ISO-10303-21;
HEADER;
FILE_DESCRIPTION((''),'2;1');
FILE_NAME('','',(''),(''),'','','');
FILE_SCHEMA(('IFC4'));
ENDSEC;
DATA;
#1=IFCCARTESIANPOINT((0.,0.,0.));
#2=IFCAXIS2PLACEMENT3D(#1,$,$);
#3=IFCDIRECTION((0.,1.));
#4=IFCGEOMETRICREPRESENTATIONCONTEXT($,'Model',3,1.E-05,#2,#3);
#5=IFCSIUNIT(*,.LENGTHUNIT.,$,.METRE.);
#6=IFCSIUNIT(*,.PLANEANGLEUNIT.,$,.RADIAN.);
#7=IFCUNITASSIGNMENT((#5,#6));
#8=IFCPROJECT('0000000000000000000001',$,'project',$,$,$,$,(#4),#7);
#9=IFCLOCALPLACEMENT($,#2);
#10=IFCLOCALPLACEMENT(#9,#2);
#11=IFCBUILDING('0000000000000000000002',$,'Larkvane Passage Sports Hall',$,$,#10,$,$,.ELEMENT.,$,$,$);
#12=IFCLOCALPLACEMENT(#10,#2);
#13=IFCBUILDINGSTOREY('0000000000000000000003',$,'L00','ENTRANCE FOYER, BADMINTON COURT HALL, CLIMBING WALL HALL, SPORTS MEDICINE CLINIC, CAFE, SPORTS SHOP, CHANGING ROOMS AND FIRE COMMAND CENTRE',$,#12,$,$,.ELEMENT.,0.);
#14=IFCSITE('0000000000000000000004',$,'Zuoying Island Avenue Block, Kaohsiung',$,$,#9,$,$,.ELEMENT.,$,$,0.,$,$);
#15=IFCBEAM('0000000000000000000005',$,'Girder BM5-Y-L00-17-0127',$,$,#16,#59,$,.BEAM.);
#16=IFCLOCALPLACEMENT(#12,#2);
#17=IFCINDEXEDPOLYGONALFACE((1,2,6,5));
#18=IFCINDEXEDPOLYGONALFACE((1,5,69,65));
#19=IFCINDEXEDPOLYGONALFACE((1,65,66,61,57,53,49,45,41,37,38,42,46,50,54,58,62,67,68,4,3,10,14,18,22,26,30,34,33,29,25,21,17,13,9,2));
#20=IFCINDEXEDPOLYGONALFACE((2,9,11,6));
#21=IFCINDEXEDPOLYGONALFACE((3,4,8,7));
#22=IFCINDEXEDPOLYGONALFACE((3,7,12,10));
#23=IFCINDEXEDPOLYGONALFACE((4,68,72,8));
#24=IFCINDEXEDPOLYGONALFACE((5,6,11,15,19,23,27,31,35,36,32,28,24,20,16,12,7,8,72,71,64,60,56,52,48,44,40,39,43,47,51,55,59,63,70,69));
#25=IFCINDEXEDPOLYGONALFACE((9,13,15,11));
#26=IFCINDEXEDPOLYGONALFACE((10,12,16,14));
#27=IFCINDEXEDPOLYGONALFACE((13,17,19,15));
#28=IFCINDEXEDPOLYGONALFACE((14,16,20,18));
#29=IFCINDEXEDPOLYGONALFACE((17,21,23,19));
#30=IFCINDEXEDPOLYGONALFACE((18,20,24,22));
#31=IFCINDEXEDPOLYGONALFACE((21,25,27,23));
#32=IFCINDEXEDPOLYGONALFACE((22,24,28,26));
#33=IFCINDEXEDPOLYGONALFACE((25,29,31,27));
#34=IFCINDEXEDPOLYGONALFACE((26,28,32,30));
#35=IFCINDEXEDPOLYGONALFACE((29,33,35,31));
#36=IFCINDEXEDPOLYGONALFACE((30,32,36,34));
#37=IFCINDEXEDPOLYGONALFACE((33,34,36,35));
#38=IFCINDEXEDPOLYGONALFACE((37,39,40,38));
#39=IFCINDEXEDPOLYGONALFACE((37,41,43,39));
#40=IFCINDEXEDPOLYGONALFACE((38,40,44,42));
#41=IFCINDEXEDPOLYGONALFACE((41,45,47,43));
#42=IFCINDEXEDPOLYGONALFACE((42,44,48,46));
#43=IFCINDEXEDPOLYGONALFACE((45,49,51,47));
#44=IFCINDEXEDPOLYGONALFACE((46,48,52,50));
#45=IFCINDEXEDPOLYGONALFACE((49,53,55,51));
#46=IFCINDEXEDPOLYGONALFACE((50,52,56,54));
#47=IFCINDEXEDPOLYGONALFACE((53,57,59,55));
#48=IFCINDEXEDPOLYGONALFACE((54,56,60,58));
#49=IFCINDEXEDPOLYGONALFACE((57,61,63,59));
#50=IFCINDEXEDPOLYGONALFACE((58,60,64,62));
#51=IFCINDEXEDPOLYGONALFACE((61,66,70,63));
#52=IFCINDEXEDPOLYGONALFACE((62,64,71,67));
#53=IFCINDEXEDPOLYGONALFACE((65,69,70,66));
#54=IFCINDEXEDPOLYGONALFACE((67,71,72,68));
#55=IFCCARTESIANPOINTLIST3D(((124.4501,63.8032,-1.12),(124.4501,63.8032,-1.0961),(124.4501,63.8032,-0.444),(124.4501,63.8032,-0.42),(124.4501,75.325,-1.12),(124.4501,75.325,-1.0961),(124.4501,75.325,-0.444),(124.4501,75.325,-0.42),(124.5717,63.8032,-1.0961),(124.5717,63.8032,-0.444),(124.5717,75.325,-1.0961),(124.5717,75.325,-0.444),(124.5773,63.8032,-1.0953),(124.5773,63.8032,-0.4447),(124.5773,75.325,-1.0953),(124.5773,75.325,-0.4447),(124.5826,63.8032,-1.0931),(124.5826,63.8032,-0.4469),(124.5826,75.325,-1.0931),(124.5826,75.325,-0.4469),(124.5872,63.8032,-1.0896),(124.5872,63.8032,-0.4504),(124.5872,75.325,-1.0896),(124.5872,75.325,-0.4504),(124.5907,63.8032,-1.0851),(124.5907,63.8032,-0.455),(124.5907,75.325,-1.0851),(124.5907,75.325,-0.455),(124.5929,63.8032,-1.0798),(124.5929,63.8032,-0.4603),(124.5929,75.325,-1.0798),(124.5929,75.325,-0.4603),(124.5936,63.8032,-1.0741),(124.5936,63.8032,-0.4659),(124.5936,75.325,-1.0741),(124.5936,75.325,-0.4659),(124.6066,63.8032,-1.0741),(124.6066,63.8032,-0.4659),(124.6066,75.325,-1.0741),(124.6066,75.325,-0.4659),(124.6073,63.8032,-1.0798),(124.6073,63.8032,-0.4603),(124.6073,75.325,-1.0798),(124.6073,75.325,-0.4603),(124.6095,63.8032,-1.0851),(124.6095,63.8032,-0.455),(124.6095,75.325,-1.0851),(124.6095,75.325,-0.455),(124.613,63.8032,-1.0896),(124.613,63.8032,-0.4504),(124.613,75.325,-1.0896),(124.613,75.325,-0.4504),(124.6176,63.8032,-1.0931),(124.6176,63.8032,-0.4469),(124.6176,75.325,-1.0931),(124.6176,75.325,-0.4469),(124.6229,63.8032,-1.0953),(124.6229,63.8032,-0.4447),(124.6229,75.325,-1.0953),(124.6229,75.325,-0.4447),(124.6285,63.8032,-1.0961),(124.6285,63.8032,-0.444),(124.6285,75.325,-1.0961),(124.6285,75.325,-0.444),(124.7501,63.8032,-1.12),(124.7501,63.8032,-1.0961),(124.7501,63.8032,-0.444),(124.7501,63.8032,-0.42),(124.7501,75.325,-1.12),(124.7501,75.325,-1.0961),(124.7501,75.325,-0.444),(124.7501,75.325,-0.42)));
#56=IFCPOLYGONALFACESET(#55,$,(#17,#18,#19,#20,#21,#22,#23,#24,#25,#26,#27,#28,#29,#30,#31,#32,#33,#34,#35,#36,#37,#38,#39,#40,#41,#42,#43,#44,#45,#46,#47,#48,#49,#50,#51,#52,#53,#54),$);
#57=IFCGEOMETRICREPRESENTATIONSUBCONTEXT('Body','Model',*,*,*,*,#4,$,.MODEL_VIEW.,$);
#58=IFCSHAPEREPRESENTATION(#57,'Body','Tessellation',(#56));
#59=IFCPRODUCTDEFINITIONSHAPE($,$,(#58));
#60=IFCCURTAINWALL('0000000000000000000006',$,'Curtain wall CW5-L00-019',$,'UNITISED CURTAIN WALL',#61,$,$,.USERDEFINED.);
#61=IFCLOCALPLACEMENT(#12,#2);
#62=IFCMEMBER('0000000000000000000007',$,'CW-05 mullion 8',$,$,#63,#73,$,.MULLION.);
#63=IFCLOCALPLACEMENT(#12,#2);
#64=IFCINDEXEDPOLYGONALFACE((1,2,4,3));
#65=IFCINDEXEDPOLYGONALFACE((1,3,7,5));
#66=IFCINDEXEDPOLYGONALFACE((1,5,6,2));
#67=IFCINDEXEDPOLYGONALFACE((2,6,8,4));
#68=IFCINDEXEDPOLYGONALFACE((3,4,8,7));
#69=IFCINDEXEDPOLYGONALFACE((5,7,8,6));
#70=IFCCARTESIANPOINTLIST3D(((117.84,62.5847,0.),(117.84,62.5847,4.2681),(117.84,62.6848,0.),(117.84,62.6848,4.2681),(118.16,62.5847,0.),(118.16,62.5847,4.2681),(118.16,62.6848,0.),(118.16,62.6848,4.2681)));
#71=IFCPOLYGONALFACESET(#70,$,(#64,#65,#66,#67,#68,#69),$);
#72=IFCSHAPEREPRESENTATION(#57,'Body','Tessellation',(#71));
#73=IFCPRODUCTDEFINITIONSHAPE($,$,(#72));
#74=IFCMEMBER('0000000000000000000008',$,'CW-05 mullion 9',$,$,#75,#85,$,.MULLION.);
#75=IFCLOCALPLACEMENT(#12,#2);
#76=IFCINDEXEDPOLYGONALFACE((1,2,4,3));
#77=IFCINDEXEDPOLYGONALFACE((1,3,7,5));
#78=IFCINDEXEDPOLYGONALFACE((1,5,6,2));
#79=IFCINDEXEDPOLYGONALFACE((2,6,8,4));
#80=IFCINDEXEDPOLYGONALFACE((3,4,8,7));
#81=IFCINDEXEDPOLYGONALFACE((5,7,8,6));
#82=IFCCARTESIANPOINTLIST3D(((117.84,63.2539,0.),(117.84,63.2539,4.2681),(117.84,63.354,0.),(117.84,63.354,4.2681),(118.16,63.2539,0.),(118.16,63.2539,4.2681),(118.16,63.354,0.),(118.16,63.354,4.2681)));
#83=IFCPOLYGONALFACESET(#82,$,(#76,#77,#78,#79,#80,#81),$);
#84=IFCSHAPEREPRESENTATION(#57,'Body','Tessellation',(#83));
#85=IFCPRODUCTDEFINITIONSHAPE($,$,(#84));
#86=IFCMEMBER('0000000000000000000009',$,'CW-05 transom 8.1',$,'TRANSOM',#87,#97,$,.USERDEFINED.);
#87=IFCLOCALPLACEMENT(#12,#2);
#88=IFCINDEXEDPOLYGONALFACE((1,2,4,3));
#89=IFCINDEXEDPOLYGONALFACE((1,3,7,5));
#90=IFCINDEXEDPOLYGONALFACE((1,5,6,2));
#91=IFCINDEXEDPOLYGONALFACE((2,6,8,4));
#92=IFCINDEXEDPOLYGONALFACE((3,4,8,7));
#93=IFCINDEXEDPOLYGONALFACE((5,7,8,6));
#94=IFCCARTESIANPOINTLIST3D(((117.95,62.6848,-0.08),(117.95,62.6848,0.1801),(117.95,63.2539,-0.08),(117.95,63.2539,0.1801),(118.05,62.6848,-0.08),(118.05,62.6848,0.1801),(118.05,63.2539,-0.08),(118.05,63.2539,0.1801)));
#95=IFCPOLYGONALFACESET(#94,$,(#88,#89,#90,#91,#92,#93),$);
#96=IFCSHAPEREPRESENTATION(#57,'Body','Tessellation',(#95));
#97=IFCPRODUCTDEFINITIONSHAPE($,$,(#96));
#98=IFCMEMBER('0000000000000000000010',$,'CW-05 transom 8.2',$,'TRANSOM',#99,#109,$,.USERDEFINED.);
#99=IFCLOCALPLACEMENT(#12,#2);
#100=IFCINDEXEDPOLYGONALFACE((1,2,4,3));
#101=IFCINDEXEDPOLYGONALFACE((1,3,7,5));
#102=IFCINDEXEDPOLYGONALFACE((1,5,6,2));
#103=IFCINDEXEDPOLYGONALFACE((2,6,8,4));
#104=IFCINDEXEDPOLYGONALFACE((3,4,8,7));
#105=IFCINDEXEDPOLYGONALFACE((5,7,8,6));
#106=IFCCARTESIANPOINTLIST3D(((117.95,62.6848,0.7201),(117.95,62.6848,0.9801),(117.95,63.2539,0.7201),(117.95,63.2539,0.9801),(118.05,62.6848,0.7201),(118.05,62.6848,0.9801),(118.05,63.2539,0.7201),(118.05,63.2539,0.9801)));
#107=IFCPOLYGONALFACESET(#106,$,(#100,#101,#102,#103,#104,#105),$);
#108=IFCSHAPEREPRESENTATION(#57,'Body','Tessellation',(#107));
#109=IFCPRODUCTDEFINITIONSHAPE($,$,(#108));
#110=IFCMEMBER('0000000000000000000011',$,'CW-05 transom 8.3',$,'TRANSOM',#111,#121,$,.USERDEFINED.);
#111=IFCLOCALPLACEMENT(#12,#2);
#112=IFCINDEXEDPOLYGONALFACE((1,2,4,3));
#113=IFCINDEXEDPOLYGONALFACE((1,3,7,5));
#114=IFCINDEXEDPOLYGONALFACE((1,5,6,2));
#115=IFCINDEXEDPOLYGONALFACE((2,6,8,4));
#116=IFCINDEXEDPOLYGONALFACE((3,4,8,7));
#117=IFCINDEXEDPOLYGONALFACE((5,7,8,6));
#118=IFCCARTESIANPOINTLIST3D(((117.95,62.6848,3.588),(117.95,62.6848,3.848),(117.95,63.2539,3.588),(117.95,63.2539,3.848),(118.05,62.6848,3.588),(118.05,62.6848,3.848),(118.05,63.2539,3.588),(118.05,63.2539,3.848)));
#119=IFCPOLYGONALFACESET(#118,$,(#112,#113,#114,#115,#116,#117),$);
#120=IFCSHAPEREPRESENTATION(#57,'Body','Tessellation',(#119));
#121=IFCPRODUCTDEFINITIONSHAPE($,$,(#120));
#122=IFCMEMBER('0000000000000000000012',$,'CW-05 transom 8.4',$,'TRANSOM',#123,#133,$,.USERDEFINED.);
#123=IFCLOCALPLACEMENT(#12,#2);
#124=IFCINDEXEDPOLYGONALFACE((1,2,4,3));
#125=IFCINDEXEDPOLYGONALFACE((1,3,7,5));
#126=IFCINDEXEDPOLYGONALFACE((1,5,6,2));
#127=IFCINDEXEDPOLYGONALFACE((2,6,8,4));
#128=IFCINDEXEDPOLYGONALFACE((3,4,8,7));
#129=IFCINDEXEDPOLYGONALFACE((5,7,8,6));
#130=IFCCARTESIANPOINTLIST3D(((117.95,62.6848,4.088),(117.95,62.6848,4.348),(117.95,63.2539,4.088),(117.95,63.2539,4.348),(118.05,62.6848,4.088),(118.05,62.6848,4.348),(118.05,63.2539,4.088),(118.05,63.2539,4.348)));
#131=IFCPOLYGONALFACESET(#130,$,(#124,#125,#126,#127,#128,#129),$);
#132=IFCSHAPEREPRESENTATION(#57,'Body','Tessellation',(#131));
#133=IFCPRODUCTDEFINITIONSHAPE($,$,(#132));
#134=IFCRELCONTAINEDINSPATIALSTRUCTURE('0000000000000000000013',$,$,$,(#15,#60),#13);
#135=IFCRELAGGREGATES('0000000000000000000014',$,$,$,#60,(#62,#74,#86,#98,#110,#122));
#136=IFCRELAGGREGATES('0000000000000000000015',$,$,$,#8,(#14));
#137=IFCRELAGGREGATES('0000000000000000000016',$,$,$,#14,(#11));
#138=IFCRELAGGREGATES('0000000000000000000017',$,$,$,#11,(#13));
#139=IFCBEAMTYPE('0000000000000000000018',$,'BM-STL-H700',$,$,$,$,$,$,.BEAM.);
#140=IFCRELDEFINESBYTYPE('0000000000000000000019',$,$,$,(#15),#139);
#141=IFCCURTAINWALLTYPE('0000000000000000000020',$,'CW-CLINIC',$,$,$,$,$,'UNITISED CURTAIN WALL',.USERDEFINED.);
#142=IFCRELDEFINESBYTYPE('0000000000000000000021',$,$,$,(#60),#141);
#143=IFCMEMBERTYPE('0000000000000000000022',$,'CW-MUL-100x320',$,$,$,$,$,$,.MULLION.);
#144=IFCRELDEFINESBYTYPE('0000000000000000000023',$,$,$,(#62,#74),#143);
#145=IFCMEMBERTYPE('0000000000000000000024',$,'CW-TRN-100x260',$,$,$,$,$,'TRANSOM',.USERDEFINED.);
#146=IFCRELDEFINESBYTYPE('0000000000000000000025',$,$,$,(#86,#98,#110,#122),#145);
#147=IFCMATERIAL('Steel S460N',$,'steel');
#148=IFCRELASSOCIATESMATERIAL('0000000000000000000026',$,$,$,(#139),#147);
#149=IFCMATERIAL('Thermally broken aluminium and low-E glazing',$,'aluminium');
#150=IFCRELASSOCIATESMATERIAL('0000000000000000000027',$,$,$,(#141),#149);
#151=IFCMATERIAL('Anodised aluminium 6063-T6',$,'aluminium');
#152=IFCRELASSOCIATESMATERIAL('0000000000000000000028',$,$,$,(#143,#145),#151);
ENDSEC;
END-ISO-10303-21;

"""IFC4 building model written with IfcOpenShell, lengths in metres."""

from ifc_helpers import new_model, si_unit, direction, frame, origin, origin_2d, place, context, subcontext, project, spatial, rectangle, i_section, extrude, material, material_profile, profile_set, type_object, element, aggregate, save


model = new_model("IFC4")

# Units and contexts
model_context = context("Model", 3, precision=1e-05, world=origin(), true_north=direction((0.0, 1.0)))
body_context = subcontext(model_context, "Body", "Model", "MODEL_VIEW")
ifc_project = project(units=[si_unit("LENGTHUNIT", "METRE"), si_unit("PLANEANGLEUNIT", "RADIAN")], contexts=[model_context])

# Site, building, storey
site_placement = place(None, origin())
site = spatial("IfcSite", under=ifc_project, at=site_placement, Name="Zuoying Island Avenue Block, Kaohsiung", CompositionType="ELEMENT", RefElevation=0.0)
building_placement = place(site_placement, origin())
building = spatial("IfcBuilding", under=site, at=building_placement, Name="Larkvane Passage Sports Hall", CompositionType="ELEMENT")
storey_placement = place(building_placement, origin())
storey = spatial("IfcBuildingStorey", under=building, at=storey_placement, Name="L00", Description="ENTRANCE FOYER, BADMINTON COURT HALL, CLIMBING WALL HALL, SPORTS MEDICINE CLINIC, CAFE, SPORTS SHOP, CHANGING ROOMS AND FIRE COMMAND CENTRE", CompositionType="ELEMENT", Elevation=0.0)

# Shared definitions
ifc_material_1 = material(Name="Steel S460N", Category="steel")

# Beam
ifc_material_profile_1 = material_profile(ifc_material_1, i_section(OverallWidth=0.3, OverallDepth=0.7, WebThickness=0.0129, FlangeThickness=0.0239, FilletRadius=0.022, at=origin_2d()), Name="H-700x300x13x24")
ifc_profile_set_1 = profile_set([ifc_material_profile_1], Name="Steel S460N")
beam_type_1 = type_object("IfcBeamType", Name="BM-STL-H700", PredefinedType="BEAM", material=ifc_profile_set_1)
beam_1_placement = place(storey_placement, frame((124.6001, 63.8032, -0.77), z_axis=(0.0, 1.0, 0.0), x_axis=(-1.0, 0.0, 0.0)))
element("IfcBeam", 1, at=beam_1_placement, inside=storey, type_object=beam_type_1, Name="Girder BM5-Y-L00-17-0127", PredefinedType="BEAM", context=body_context, shape_type="SweptSolid", body=[
    extrude(i_section(OverallWidth=0.3, OverallDepth=0.7, WebThickness=0.0129, FlangeThickness=0.0239, FilletRadius=0.022, at=origin_2d()), origin(), (0.0, 0.0, 1.0), 11.5217),
])

# Curtain wall, members
ifc_material_2 = material(Name="Thermally broken aluminium and low-E glazing", Category="aluminium")
curtain_wall_type = type_object("IfcCurtainWallType", Name="CW-CLINIC", ElementType="UNITISED CURTAIN WALL", PredefinedType="USERDEFINED", material=ifc_material_2)
curtain_wall_placement = place(storey_placement, origin())
curtain_wall = element("IfcCurtainWall", 2, at=curtain_wall_placement, inside=storey, type_object=curtain_wall_type, Name="Curtain wall CW5-L00-019", ObjectType="UNITISED CURTAIN WALL", PredefinedType="USERDEFINED")
ifc_material_3 = material(Name="Anodised aluminium 6063-T6", Category="aluminium")
ifc_material_profile_2 = material_profile(ifc_material_3, rectangle(XDim=0.1001, YDim=0.3201, at=origin_2d()), Name="ALU-MUL-100x320")
ifc_profile_set_2 = profile_set([ifc_material_profile_2], Name="Anodised aluminium 6063-T6")
member_type_1 = type_object("IfcMemberType", Name="CW-MUL-100x320", PredefinedType="MULLION", material=ifc_profile_set_2)
member_1_placement = place(storey_placement, frame((118.0, 62.6348, 0.0), z_axis=(0.0, 0.0, 1.0), x_axis=(0.0, 1.0, 0.0)))
member_1 = element("IfcMember", 3, at=member_1_placement, type_object=member_type_1, Name="CW-05 mullion 8", PredefinedType="MULLION", context=body_context, shape_type="SweptSolid", body=[
    extrude(rectangle(XDim=0.1001, YDim=0.3201, at=origin_2d()), origin(), (0.0, 0.0, 1.0), 4.2681),
])
member_2_placement = place(storey_placement, frame((118.0, 63.304, 0.0), z_axis=(0.0, 0.0, 1.0), x_axis=(0.0, 1.0, 0.0)))
member_2 = element("IfcMember", 4, at=member_2_placement, type_object=member_type_1, Name="CW-05 mullion 9", PredefinedType="MULLION", context=body_context, shape_type="SweptSolid", body=[
    extrude(rectangle(XDim=0.1001, YDim=0.3201, at=origin_2d()), origin(), (0.0, 0.0, 1.0), 4.2681),
])
ifc_material_profile_3 = material_profile(ifc_material_3, rectangle(XDim=0.1001, YDim=0.26, at=origin_2d()), Name="ALU-TRN-100x260")
ifc_profile_set_3 = profile_set([ifc_material_profile_3], Name="Anodised aluminium 6063-T6")
member_type_2 = type_object("IfcMemberType", Name="CW-TRN-100x260", ElementType="TRANSOM", PredefinedType="USERDEFINED", material=ifc_profile_set_3)
member_3_placement = place(storey_placement, frame((118.0, 62.6848, 0.05), z_axis=(0.0, 1.0, 0.0), x_axis=(-1.0, 0.0, 0.0)))
member_3 = element("IfcMember", 5, at=member_3_placement, type_object=member_type_2, Name="CW-05 transom 8.1", ObjectType="TRANSOM", PredefinedType="USERDEFINED", context=body_context, shape_type="SweptSolid", body=[
    extrude(rectangle(XDim=0.1001, YDim=0.26, at=origin_2d()), origin(), (0.0, 0.0, 1.0), 0.5691),
])
member_4_placement = place(storey_placement, frame((118.0, 62.6848, 0.8501), z_axis=(0.0, 1.0, 0.0), x_axis=(-1.0, 0.0, 0.0)))
member_4 = element("IfcMember", 6, at=member_4_placement, type_object=member_type_2, Name="CW-05 transom 8.2", ObjectType="TRANSOM", PredefinedType="USERDEFINED", context=body_context, shape_type="SweptSolid", body=[
    extrude(rectangle(XDim=0.1001, YDim=0.26, at=origin_2d()), origin(), (0.0, 0.0, 1.0), 0.5691),
])
member_5_placement = place(storey_placement, frame((118.0, 62.6848, 3.718), z_axis=(0.0, 1.0, 0.0), x_axis=(-1.0, 0.0, 0.0)))
member_5 = element("IfcMember", 7, at=member_5_placement, type_object=member_type_2, Name="CW-05 transom 8.3", ObjectType="TRANSOM", PredefinedType="USERDEFINED", context=body_context, shape_type="SweptSolid", body=[
    extrude(rectangle(XDim=0.1001, YDim=0.26, at=origin_2d()), origin(), (0.0, 0.0, 1.0), 0.5691),
])
member_6_placement = place(storey_placement, frame((118.0, 62.6848, 4.218), z_axis=(0.0, 1.0, 0.0), x_axis=(-1.0, 0.0, 0.0)))
member_6 = element("IfcMember", 8, at=member_6_placement, type_object=member_type_2, Name="CW-05 transom 8.4", ObjectType="TRANSOM", PredefinedType="USERDEFINED", context=body_context, shape_type="SweptSolid", body=[
    extrude(rectangle(XDim=0.1001, YDim=0.26, at=origin_2d()), origin(), (0.0, 0.0, 1.0), 0.5691),
])

aggregate(curtain_wall, [member_1, member_2, member_3, member_4, member_5, member_6])

save(model, "model.ifc")
